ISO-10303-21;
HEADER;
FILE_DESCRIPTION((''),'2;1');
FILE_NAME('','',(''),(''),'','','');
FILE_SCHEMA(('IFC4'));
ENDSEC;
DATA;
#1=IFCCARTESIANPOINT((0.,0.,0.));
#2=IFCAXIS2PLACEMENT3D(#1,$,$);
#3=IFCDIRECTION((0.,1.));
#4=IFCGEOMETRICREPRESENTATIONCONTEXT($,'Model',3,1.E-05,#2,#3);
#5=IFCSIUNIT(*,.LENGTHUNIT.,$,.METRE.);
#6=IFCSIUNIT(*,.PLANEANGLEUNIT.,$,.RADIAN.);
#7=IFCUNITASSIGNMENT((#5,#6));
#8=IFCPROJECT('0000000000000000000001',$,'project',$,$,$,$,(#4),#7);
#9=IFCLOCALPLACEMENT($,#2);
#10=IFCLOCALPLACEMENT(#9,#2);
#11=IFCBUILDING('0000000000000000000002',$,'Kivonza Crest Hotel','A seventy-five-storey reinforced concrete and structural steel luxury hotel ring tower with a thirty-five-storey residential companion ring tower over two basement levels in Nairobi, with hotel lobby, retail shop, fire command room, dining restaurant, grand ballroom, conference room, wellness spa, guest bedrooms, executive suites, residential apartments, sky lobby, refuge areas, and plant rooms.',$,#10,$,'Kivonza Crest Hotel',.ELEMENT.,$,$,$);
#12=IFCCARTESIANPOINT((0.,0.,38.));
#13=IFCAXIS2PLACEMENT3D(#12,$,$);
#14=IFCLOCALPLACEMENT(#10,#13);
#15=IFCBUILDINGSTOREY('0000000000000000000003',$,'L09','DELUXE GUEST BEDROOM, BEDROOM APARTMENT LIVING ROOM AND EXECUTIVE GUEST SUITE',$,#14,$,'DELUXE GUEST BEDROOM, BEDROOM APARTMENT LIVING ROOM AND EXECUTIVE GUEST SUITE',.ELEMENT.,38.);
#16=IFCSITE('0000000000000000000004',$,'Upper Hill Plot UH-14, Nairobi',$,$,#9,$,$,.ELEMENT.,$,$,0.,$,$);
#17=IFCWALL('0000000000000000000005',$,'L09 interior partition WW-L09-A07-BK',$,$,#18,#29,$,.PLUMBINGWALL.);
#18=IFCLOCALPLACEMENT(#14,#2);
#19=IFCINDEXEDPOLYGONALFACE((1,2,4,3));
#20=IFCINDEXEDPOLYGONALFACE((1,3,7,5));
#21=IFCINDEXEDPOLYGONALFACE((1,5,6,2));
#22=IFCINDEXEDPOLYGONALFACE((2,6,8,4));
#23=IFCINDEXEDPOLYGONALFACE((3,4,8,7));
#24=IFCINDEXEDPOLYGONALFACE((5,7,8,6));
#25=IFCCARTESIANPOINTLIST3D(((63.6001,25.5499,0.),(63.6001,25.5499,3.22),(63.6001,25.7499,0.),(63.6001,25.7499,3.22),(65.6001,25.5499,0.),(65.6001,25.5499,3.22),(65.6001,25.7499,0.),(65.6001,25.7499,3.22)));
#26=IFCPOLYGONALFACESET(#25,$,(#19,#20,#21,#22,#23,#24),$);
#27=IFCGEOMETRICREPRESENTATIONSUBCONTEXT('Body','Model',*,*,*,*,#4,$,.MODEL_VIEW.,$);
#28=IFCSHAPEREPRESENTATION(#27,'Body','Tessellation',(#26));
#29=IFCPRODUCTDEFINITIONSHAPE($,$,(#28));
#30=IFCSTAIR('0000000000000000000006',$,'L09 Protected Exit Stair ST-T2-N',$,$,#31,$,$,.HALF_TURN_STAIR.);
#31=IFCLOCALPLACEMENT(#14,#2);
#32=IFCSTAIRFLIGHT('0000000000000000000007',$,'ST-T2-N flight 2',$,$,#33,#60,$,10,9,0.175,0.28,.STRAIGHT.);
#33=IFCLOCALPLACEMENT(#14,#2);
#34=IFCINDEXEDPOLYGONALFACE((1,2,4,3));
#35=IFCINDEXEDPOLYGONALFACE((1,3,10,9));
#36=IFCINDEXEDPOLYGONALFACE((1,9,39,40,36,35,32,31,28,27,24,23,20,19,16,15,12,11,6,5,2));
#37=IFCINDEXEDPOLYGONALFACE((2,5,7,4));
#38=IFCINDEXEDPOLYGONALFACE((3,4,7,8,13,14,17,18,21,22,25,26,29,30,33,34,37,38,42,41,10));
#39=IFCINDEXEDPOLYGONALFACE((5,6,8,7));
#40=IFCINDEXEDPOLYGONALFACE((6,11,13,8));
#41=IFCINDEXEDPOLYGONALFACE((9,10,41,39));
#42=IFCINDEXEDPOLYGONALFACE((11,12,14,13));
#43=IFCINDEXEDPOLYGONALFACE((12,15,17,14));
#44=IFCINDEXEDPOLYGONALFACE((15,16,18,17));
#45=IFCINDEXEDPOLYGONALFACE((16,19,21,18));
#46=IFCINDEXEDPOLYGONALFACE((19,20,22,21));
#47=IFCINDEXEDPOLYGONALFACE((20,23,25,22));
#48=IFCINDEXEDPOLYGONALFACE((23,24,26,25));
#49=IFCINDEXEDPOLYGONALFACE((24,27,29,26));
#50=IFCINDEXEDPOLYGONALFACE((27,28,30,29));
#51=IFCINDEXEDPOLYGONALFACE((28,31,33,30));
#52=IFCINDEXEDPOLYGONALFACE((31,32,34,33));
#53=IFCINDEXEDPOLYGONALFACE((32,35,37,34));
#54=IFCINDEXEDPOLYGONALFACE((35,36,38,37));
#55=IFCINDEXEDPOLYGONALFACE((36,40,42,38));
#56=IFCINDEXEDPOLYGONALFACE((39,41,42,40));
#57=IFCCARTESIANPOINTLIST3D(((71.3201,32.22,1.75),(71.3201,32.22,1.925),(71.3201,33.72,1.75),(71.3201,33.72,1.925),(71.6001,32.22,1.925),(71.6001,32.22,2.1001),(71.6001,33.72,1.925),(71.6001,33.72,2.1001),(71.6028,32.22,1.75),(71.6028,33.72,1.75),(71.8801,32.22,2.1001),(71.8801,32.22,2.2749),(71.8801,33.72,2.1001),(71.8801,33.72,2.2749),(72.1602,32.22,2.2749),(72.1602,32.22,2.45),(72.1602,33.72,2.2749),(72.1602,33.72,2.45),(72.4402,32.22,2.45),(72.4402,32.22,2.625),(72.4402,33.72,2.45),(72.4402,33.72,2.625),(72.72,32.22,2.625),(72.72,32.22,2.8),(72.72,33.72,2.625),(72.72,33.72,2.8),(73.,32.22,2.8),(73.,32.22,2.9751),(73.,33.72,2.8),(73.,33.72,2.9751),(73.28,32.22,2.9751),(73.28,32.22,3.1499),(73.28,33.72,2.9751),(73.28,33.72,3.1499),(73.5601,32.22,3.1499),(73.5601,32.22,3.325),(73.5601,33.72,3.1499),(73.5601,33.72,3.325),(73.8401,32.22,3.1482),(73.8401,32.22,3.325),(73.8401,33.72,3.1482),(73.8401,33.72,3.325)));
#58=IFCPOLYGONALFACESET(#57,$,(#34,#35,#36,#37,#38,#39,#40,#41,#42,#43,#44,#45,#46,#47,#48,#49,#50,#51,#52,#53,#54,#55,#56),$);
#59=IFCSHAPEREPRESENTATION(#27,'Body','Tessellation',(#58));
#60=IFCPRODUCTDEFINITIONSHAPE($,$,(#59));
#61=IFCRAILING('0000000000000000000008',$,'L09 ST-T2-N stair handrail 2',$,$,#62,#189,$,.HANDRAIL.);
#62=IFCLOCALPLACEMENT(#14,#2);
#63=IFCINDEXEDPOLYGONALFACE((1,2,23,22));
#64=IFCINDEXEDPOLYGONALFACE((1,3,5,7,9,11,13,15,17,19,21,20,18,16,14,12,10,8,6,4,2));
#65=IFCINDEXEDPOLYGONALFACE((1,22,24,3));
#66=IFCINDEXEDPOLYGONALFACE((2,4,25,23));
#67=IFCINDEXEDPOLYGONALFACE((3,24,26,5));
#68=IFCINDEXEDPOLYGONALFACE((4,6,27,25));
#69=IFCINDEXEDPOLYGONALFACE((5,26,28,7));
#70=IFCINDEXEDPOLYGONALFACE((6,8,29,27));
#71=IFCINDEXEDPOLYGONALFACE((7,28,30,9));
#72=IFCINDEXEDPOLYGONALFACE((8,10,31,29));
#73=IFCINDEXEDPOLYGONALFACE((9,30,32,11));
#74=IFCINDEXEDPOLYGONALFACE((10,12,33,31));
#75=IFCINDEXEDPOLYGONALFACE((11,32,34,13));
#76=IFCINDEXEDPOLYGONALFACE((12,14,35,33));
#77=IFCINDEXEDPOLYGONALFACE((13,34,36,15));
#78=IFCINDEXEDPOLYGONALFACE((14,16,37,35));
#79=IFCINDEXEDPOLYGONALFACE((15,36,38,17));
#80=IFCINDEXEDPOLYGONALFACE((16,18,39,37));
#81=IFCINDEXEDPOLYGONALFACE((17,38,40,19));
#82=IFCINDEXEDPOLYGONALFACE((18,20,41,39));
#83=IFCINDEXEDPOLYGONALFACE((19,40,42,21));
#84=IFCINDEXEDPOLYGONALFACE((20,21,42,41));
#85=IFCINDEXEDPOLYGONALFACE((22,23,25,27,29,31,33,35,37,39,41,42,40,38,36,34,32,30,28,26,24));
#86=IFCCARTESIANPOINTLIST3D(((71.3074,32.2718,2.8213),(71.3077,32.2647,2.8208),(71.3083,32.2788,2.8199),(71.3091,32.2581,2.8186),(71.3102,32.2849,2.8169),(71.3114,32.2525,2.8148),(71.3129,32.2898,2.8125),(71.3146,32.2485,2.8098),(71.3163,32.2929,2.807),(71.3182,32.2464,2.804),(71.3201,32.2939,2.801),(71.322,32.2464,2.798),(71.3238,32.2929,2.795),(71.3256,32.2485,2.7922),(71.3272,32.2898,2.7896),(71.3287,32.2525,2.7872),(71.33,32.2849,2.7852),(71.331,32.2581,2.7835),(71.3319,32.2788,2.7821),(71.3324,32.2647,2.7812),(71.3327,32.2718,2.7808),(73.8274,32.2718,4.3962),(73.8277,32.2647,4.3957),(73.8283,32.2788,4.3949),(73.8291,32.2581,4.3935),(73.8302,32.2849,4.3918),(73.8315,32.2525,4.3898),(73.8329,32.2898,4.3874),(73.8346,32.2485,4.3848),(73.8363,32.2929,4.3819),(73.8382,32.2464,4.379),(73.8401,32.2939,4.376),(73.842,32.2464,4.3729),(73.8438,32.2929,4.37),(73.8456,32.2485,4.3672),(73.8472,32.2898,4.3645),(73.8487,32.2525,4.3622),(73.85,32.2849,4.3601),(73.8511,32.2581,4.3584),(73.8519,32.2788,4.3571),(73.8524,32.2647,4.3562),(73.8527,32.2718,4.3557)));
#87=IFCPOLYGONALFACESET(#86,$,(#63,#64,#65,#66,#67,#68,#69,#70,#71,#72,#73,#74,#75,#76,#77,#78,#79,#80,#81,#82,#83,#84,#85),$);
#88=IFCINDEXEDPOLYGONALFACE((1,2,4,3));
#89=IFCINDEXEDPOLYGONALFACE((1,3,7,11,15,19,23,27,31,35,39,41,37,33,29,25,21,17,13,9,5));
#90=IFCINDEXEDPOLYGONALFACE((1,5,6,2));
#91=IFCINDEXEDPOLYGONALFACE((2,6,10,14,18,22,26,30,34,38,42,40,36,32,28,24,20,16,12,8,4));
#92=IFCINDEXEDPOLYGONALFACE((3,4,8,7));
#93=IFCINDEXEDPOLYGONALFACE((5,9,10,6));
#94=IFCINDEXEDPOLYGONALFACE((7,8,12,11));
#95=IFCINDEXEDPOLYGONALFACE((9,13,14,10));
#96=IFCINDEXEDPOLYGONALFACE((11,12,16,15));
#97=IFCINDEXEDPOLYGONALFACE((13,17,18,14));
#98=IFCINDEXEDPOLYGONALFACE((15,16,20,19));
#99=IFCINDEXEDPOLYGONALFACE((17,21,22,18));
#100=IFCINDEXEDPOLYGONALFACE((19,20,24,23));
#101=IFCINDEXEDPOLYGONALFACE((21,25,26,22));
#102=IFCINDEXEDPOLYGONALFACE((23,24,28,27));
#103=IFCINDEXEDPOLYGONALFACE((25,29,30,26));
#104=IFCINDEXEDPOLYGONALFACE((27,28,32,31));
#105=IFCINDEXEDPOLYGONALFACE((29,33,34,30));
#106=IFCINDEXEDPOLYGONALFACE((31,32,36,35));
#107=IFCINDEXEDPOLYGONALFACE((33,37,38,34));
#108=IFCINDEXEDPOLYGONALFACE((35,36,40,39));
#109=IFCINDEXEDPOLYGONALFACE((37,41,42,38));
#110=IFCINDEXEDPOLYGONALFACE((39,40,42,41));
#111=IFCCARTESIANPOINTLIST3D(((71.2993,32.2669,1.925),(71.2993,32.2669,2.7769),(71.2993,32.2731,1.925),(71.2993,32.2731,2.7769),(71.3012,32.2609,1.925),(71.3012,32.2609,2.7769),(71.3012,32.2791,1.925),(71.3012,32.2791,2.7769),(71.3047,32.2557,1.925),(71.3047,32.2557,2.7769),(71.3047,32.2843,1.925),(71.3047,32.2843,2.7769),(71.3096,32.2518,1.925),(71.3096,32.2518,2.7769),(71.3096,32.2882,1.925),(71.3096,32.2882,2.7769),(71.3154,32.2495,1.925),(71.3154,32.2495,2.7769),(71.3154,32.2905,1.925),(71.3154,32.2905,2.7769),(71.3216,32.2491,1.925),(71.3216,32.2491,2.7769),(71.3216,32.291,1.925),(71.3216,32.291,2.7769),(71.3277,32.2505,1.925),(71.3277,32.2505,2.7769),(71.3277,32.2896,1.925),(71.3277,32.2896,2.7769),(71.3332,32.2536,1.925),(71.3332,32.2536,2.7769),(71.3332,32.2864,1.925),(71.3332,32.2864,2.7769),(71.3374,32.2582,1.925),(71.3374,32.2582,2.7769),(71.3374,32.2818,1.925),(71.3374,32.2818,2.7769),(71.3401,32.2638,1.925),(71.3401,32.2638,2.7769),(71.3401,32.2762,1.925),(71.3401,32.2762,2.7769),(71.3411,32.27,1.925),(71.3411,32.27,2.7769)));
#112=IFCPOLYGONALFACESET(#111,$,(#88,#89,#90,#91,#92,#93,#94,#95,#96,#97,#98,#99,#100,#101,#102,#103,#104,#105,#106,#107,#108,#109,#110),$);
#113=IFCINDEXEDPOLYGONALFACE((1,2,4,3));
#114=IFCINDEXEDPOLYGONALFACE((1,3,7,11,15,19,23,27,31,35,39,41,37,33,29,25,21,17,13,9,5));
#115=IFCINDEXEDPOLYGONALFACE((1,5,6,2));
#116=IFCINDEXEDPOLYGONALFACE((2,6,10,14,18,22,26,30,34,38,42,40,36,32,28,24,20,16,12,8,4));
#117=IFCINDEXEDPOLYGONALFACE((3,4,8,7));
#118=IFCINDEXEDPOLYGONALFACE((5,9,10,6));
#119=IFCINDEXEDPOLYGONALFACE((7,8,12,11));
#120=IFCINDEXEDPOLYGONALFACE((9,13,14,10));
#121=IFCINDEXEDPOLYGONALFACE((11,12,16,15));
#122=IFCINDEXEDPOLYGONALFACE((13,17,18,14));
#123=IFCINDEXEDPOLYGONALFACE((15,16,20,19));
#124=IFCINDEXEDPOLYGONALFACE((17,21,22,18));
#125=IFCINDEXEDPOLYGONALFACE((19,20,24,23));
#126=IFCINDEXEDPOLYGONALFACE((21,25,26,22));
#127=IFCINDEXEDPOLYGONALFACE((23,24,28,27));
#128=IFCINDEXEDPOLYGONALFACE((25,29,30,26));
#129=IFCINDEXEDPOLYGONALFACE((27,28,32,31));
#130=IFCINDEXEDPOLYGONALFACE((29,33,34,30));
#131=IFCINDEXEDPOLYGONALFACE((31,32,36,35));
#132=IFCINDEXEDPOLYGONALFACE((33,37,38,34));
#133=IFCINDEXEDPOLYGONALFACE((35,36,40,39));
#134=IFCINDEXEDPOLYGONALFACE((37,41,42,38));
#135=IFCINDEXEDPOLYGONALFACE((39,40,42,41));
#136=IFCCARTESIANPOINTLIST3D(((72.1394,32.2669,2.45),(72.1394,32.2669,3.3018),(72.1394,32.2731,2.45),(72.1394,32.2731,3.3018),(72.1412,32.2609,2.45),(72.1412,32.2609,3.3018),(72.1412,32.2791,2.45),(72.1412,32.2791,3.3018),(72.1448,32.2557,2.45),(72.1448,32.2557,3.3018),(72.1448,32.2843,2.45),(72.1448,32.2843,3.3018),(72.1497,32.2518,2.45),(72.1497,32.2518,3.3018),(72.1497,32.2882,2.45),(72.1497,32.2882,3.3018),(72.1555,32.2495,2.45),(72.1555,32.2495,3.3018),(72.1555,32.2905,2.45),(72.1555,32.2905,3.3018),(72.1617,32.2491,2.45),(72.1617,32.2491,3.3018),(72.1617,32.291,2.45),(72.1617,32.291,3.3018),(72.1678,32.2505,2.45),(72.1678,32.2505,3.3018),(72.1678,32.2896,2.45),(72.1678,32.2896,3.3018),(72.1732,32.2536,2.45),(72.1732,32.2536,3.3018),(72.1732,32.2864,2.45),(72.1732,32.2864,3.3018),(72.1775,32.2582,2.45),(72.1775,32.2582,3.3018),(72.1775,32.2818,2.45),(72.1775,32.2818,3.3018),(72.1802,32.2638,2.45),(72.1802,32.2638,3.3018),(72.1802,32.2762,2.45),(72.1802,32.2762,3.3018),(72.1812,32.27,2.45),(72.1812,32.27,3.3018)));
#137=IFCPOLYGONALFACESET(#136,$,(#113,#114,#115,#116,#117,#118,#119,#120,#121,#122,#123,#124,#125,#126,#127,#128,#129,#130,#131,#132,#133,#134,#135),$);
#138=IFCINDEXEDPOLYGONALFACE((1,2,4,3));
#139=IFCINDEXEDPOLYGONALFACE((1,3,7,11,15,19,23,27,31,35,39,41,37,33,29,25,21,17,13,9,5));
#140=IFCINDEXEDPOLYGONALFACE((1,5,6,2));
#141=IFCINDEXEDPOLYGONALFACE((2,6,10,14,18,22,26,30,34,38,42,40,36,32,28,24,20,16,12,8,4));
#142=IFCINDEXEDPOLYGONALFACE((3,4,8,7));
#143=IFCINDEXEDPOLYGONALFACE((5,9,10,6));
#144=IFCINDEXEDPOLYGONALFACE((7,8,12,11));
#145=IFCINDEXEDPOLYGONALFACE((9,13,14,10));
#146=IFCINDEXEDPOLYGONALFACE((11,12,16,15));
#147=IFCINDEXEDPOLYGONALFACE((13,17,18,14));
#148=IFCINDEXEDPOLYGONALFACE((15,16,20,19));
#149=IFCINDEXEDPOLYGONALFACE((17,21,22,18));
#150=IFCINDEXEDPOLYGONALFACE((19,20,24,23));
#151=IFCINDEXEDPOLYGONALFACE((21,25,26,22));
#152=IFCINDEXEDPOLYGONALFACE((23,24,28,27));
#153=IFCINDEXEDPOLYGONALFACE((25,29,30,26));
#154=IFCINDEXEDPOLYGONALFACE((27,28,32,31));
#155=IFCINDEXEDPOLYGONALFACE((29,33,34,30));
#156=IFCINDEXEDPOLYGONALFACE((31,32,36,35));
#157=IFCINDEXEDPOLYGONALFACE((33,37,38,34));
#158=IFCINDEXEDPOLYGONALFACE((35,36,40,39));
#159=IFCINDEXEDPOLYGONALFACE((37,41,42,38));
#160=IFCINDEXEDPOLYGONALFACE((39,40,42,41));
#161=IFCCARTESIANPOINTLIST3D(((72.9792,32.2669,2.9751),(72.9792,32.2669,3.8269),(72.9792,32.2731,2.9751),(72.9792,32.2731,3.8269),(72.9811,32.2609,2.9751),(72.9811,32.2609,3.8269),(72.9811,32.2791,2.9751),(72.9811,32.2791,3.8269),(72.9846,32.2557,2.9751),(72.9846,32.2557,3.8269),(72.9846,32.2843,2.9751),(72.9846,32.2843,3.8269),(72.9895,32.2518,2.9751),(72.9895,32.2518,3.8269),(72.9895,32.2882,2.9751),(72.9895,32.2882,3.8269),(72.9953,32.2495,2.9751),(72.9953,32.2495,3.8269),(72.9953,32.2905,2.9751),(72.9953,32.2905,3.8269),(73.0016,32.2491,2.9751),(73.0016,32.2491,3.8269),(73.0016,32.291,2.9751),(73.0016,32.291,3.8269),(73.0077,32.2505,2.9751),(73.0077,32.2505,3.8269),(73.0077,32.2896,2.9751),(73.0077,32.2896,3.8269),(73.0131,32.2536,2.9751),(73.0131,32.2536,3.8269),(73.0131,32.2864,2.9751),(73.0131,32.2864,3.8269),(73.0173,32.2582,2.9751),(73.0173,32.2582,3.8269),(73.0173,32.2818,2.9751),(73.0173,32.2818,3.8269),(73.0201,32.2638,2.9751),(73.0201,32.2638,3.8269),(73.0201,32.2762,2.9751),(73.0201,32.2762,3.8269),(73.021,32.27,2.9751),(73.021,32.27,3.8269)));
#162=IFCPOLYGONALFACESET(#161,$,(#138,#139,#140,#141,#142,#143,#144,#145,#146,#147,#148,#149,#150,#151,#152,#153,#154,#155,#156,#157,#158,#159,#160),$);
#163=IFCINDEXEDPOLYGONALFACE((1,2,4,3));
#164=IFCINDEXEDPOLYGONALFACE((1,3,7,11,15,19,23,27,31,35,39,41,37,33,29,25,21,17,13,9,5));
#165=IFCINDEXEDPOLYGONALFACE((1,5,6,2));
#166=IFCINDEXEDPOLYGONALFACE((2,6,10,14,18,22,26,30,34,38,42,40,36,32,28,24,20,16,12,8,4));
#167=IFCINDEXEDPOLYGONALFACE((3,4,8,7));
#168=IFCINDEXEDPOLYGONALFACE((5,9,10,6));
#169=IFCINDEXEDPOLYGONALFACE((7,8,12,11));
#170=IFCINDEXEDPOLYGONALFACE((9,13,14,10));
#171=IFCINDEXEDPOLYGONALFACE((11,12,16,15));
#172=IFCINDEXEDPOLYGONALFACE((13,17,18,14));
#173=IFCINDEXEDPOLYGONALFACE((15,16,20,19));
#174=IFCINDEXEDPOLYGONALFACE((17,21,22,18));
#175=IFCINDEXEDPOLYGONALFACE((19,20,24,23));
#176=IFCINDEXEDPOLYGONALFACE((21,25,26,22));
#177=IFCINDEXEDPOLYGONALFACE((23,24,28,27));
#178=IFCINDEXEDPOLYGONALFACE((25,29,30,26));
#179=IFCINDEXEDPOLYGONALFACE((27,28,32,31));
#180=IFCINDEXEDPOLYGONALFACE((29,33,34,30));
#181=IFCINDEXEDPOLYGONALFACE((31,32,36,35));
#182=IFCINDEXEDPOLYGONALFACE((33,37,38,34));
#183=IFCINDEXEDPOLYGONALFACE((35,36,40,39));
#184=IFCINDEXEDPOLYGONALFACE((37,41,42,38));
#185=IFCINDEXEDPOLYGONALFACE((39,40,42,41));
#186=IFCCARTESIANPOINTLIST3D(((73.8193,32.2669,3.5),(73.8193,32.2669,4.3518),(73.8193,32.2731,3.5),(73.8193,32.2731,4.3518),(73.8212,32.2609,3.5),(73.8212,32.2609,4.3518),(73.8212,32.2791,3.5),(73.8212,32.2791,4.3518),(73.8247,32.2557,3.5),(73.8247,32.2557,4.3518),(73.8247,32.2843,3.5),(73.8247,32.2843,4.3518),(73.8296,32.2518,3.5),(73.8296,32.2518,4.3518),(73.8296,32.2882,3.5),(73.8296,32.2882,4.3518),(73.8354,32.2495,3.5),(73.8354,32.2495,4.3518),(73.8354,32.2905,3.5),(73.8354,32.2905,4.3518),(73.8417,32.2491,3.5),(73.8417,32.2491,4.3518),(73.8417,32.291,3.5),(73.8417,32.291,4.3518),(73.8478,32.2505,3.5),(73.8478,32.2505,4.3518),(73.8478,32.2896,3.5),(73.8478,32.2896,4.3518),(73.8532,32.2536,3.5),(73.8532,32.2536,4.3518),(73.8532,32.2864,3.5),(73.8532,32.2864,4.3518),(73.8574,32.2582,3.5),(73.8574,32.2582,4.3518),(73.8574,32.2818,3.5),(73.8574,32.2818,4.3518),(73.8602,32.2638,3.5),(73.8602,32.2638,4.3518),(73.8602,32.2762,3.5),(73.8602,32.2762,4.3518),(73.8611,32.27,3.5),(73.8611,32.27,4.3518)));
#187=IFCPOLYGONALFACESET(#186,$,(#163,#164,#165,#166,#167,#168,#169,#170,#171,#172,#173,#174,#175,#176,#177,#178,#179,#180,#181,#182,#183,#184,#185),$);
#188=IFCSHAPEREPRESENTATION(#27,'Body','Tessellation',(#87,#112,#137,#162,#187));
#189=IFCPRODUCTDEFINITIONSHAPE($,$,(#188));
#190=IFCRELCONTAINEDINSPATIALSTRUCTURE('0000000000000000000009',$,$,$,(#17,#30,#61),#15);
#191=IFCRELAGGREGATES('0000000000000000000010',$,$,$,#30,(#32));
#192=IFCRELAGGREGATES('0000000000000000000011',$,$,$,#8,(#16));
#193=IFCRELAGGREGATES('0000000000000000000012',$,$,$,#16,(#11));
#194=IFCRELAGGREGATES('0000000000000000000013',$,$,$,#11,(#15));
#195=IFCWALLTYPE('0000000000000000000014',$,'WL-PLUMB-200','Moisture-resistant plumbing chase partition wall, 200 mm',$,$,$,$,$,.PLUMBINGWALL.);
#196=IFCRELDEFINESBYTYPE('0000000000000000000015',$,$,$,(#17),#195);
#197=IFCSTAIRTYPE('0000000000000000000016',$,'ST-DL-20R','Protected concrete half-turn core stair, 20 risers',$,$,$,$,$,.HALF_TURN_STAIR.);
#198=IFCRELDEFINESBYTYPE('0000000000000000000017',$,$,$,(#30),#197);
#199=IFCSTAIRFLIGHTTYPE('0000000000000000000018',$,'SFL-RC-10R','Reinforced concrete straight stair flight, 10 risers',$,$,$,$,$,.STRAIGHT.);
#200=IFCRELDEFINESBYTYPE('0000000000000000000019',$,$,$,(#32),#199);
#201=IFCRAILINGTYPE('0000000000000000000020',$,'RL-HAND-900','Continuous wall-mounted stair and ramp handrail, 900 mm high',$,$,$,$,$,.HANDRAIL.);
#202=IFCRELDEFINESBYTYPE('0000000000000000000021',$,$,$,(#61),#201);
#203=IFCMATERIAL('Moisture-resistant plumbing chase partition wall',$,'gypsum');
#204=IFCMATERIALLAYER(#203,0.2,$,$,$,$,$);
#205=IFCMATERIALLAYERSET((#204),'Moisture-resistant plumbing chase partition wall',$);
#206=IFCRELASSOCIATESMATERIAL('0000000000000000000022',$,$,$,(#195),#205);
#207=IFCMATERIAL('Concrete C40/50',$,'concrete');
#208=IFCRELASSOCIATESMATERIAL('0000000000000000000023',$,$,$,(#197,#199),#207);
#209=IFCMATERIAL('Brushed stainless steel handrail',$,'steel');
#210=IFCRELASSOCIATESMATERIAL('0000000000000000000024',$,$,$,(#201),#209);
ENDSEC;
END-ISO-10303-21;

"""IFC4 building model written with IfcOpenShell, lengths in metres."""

from ifc_helpers import new_model, si_unit, direction, frame, frame_2d, origin, origin_2d, place, context, subcontext, project, spatial, polyline, rectangle, circle, outline, extrude, material, layer, layer_set, type_object, element, aggregate, save


model = new_model("IFC4")

# Units and contexts
model_context = context("Model", 3, precision=1e-05, world=origin(), true_north=direction((0.0, 1.0)))
body_context = subcontext(model_context, "Body", "Model", "MODEL_VIEW")
ifc_project = project(units=[si_unit("LENGTHUNIT", "METRE"), si_unit("PLANEANGLEUNIT", "RADIAN")], contexts=[model_context])

# Site, building, storey
site_placement = place(None, origin())
site = spatial("IfcSite", under=ifc_project, at=site_placement, Name="Upper Hill Plot UH-14, Nairobi", CompositionType="ELEMENT", RefElevation=0.0)
building_placement = place(site_placement, origin())
building = spatial("IfcBuilding", under=site, at=building_placement, Name="Kivonza Crest Hotel", Description="A seventy-five-storey reinforced concrete and structural steel luxury hotel ring tower with a thirty-five-storey residential companion ring tower over two basement levels in Nairobi, with hotel lobby, retail shop, fire command room, dining restaurant, grand ballroom, conference room, wellness spa, guest bedrooms, executive suites, residential apartments, sky lobby, refuge areas, and plant rooms.", LongName="Kivonza Crest Hotel", CompositionType="ELEMENT")
storey_placement = place(building_placement, frame((0.0, 0.0, 38.0)))
storey = spatial("IfcBuildingStorey", under=building, at=storey_placement, Name="L09", Description="DELUXE GUEST BEDROOM, BEDROOM APARTMENT LIVING ROOM AND EXECUTIVE GUEST SUITE", LongName="DELUXE GUEST BEDROOM, BEDROOM APARTMENT LIVING ROOM AND EXECUTIVE GUEST SUITE", CompositionType="ELEMENT", Elevation=38.0)

# Wall
ifc_material_1 = material(Name="Moisture-resistant plumbing chase partition wall", Category="gypsum")
ifc_layer_1 = layer(ifc_material_1, 0.2)
ifc_layer_set_1 = layer_set([ifc_layer_1], Name="Moisture-resistant plumbing chase partition wall")
wall_type_1 = type_object("IfcWallType", Name="WL-PLUMB-200", Description="Moisture-resistant plumbing chase partition wall, 200 mm", PredefinedType="PLUMBINGWALL", material=ifc_layer_set_1)
wall_1_placement = place(storey_placement, frame((63.6001, 25.6499, 0.0), z_axis=(0.0, 0.0, 1.0), x_axis=(1.0, 0.0, 0.0)))
element("IfcWall", 1, at=wall_1_placement, inside=storey, type_object=wall_type_1, Name="L09 interior partition WW-L09-A07-BK", PredefinedType="PLUMBINGWALL", context=body_context, shape_type="SweptSolid", body=[
    extrude(rectangle(XDim=2.0, YDim=0.2, at=frame_2d((1.0, 0.0))), origin(), (0.0, 0.0, 1.0), 3.22),
])

# Stair, stair flight
ifc_material_2 = material(Name="Concrete C40/50", Category="concrete")
stair_type = type_object("IfcStairType", Name="ST-DL-20R", Description="Protected concrete half-turn core stair, 20 risers", PredefinedType="HALF_TURN_STAIR", material=ifc_material_2)
stair_placement = place(storey_placement, origin())
stair = element("IfcStair", 2, at=stair_placement, inside=storey, type_object=stair_type, Name="L09 Protected Exit Stair ST-T2-N", PredefinedType="HALF_TURN_STAIR")
stair_flight_type = type_object("IfcStairFlightType", Name="SFL-RC-10R", Description="Reinforced concrete straight stair flight, 10 risers", PredefinedType="STRAIGHT", material=ifc_material_2)
stair_flight_placement = place(storey_placement, frame((71.3201, 32.97, 1.75), z_axis=(0.0, 0.0, 1.0), x_axis=(1.0, 0.0, 0.0)))
stair_flight = element("IfcStairFlight", 3, at=stair_flight_placement, type_object=stair_flight_type, Name="ST-T2-N flight 2", NumberOfRisers=10, NumberOfTreads=9, PredefinedType="STRAIGHT", RiserHeight=0.175, TreadLength=0.28, context=body_context, shape_type="SweptSolid", body=[
    extrude(outline(polyline([(0.0, 0.0), (0.0, 0.175), (0.28, 0.175), (0.28, 0.3501), (0.5601, 0.3501), (0.5601, 0.5249), (0.8401, 0.5249), (0.8401, 0.7), (1.1201, 0.7), (1.1201, 0.875), (1.3999, 0.875), (1.3999, 1.05), (1.6799, 1.05), (1.6799, 1.2251), (1.96, 1.2251), (1.96, 1.3999), (2.24, 1.3999), (2.24, 1.575), (2.52, 1.575), (2.52, 1.75), (2.52, 1.3982), (0.2827, 0.0), (0.0, 0.0)])), frame((0.0, 0.75, 0.0), z_axis=(0.0, -1.0, 0.0), x_axis=(1.0, 0.0, 0.0)), (0.0, 0.0, 1.0), 1.5),
])
aggregate(stair, [stair_flight])

# Railing
ifc_material_3 = material(Name="Brushed stainless steel handrail", Category="steel")
railing_type_1 = type_object("IfcRailingType", Name="RL-HAND-900", Description="Continuous wall-mounted stair and ramp handrail, 900 mm high", PredefinedType="HANDRAIL", material=ifc_material_3)
railing_1_placement = place(storey_placement, frame((71.3201, 32.27, 1.925)))
element("IfcRailing", 4, at=railing_1_placement, inside=storey, type_object=railing_type_1, Name="L09 ST-T2-N stair handrail 2", PredefinedType="HANDRAIL", context=body_context, shape_type="SweptSolid", body=[
    extrude(circle(Radius=0.0239, at=origin_2d()), frame((0.0, 0.0, 0.876), z_axis=(0.848008, 0.0, 0.529984), x_axis=(0.0, 1.0, 0.0)), (0.0, 0.0, 1.0), 2.9717),
    extrude(circle(Radius=0.021, at=origin_2d()), origin(), (0.0, 0.0, 1.0), 0.8518),
    extrude(circle(Radius=0.021, at=origin_2d()), frame((0.8401, 0.0, 0.5249)), (0.0, 0.0, 1.0), 0.8518),
    extrude(circle(Radius=0.021, at=origin_2d()), frame((1.6799, 0.0, 1.05)), (0.0, 0.0, 1.0), 0.8518),
    extrude(circle(Radius=0.021, at=origin_2d()), frame((2.52, 0.0, 1.575)), (0.0, 0.0, 1.0), 0.8518),
])

save(model, "model.ifc")
